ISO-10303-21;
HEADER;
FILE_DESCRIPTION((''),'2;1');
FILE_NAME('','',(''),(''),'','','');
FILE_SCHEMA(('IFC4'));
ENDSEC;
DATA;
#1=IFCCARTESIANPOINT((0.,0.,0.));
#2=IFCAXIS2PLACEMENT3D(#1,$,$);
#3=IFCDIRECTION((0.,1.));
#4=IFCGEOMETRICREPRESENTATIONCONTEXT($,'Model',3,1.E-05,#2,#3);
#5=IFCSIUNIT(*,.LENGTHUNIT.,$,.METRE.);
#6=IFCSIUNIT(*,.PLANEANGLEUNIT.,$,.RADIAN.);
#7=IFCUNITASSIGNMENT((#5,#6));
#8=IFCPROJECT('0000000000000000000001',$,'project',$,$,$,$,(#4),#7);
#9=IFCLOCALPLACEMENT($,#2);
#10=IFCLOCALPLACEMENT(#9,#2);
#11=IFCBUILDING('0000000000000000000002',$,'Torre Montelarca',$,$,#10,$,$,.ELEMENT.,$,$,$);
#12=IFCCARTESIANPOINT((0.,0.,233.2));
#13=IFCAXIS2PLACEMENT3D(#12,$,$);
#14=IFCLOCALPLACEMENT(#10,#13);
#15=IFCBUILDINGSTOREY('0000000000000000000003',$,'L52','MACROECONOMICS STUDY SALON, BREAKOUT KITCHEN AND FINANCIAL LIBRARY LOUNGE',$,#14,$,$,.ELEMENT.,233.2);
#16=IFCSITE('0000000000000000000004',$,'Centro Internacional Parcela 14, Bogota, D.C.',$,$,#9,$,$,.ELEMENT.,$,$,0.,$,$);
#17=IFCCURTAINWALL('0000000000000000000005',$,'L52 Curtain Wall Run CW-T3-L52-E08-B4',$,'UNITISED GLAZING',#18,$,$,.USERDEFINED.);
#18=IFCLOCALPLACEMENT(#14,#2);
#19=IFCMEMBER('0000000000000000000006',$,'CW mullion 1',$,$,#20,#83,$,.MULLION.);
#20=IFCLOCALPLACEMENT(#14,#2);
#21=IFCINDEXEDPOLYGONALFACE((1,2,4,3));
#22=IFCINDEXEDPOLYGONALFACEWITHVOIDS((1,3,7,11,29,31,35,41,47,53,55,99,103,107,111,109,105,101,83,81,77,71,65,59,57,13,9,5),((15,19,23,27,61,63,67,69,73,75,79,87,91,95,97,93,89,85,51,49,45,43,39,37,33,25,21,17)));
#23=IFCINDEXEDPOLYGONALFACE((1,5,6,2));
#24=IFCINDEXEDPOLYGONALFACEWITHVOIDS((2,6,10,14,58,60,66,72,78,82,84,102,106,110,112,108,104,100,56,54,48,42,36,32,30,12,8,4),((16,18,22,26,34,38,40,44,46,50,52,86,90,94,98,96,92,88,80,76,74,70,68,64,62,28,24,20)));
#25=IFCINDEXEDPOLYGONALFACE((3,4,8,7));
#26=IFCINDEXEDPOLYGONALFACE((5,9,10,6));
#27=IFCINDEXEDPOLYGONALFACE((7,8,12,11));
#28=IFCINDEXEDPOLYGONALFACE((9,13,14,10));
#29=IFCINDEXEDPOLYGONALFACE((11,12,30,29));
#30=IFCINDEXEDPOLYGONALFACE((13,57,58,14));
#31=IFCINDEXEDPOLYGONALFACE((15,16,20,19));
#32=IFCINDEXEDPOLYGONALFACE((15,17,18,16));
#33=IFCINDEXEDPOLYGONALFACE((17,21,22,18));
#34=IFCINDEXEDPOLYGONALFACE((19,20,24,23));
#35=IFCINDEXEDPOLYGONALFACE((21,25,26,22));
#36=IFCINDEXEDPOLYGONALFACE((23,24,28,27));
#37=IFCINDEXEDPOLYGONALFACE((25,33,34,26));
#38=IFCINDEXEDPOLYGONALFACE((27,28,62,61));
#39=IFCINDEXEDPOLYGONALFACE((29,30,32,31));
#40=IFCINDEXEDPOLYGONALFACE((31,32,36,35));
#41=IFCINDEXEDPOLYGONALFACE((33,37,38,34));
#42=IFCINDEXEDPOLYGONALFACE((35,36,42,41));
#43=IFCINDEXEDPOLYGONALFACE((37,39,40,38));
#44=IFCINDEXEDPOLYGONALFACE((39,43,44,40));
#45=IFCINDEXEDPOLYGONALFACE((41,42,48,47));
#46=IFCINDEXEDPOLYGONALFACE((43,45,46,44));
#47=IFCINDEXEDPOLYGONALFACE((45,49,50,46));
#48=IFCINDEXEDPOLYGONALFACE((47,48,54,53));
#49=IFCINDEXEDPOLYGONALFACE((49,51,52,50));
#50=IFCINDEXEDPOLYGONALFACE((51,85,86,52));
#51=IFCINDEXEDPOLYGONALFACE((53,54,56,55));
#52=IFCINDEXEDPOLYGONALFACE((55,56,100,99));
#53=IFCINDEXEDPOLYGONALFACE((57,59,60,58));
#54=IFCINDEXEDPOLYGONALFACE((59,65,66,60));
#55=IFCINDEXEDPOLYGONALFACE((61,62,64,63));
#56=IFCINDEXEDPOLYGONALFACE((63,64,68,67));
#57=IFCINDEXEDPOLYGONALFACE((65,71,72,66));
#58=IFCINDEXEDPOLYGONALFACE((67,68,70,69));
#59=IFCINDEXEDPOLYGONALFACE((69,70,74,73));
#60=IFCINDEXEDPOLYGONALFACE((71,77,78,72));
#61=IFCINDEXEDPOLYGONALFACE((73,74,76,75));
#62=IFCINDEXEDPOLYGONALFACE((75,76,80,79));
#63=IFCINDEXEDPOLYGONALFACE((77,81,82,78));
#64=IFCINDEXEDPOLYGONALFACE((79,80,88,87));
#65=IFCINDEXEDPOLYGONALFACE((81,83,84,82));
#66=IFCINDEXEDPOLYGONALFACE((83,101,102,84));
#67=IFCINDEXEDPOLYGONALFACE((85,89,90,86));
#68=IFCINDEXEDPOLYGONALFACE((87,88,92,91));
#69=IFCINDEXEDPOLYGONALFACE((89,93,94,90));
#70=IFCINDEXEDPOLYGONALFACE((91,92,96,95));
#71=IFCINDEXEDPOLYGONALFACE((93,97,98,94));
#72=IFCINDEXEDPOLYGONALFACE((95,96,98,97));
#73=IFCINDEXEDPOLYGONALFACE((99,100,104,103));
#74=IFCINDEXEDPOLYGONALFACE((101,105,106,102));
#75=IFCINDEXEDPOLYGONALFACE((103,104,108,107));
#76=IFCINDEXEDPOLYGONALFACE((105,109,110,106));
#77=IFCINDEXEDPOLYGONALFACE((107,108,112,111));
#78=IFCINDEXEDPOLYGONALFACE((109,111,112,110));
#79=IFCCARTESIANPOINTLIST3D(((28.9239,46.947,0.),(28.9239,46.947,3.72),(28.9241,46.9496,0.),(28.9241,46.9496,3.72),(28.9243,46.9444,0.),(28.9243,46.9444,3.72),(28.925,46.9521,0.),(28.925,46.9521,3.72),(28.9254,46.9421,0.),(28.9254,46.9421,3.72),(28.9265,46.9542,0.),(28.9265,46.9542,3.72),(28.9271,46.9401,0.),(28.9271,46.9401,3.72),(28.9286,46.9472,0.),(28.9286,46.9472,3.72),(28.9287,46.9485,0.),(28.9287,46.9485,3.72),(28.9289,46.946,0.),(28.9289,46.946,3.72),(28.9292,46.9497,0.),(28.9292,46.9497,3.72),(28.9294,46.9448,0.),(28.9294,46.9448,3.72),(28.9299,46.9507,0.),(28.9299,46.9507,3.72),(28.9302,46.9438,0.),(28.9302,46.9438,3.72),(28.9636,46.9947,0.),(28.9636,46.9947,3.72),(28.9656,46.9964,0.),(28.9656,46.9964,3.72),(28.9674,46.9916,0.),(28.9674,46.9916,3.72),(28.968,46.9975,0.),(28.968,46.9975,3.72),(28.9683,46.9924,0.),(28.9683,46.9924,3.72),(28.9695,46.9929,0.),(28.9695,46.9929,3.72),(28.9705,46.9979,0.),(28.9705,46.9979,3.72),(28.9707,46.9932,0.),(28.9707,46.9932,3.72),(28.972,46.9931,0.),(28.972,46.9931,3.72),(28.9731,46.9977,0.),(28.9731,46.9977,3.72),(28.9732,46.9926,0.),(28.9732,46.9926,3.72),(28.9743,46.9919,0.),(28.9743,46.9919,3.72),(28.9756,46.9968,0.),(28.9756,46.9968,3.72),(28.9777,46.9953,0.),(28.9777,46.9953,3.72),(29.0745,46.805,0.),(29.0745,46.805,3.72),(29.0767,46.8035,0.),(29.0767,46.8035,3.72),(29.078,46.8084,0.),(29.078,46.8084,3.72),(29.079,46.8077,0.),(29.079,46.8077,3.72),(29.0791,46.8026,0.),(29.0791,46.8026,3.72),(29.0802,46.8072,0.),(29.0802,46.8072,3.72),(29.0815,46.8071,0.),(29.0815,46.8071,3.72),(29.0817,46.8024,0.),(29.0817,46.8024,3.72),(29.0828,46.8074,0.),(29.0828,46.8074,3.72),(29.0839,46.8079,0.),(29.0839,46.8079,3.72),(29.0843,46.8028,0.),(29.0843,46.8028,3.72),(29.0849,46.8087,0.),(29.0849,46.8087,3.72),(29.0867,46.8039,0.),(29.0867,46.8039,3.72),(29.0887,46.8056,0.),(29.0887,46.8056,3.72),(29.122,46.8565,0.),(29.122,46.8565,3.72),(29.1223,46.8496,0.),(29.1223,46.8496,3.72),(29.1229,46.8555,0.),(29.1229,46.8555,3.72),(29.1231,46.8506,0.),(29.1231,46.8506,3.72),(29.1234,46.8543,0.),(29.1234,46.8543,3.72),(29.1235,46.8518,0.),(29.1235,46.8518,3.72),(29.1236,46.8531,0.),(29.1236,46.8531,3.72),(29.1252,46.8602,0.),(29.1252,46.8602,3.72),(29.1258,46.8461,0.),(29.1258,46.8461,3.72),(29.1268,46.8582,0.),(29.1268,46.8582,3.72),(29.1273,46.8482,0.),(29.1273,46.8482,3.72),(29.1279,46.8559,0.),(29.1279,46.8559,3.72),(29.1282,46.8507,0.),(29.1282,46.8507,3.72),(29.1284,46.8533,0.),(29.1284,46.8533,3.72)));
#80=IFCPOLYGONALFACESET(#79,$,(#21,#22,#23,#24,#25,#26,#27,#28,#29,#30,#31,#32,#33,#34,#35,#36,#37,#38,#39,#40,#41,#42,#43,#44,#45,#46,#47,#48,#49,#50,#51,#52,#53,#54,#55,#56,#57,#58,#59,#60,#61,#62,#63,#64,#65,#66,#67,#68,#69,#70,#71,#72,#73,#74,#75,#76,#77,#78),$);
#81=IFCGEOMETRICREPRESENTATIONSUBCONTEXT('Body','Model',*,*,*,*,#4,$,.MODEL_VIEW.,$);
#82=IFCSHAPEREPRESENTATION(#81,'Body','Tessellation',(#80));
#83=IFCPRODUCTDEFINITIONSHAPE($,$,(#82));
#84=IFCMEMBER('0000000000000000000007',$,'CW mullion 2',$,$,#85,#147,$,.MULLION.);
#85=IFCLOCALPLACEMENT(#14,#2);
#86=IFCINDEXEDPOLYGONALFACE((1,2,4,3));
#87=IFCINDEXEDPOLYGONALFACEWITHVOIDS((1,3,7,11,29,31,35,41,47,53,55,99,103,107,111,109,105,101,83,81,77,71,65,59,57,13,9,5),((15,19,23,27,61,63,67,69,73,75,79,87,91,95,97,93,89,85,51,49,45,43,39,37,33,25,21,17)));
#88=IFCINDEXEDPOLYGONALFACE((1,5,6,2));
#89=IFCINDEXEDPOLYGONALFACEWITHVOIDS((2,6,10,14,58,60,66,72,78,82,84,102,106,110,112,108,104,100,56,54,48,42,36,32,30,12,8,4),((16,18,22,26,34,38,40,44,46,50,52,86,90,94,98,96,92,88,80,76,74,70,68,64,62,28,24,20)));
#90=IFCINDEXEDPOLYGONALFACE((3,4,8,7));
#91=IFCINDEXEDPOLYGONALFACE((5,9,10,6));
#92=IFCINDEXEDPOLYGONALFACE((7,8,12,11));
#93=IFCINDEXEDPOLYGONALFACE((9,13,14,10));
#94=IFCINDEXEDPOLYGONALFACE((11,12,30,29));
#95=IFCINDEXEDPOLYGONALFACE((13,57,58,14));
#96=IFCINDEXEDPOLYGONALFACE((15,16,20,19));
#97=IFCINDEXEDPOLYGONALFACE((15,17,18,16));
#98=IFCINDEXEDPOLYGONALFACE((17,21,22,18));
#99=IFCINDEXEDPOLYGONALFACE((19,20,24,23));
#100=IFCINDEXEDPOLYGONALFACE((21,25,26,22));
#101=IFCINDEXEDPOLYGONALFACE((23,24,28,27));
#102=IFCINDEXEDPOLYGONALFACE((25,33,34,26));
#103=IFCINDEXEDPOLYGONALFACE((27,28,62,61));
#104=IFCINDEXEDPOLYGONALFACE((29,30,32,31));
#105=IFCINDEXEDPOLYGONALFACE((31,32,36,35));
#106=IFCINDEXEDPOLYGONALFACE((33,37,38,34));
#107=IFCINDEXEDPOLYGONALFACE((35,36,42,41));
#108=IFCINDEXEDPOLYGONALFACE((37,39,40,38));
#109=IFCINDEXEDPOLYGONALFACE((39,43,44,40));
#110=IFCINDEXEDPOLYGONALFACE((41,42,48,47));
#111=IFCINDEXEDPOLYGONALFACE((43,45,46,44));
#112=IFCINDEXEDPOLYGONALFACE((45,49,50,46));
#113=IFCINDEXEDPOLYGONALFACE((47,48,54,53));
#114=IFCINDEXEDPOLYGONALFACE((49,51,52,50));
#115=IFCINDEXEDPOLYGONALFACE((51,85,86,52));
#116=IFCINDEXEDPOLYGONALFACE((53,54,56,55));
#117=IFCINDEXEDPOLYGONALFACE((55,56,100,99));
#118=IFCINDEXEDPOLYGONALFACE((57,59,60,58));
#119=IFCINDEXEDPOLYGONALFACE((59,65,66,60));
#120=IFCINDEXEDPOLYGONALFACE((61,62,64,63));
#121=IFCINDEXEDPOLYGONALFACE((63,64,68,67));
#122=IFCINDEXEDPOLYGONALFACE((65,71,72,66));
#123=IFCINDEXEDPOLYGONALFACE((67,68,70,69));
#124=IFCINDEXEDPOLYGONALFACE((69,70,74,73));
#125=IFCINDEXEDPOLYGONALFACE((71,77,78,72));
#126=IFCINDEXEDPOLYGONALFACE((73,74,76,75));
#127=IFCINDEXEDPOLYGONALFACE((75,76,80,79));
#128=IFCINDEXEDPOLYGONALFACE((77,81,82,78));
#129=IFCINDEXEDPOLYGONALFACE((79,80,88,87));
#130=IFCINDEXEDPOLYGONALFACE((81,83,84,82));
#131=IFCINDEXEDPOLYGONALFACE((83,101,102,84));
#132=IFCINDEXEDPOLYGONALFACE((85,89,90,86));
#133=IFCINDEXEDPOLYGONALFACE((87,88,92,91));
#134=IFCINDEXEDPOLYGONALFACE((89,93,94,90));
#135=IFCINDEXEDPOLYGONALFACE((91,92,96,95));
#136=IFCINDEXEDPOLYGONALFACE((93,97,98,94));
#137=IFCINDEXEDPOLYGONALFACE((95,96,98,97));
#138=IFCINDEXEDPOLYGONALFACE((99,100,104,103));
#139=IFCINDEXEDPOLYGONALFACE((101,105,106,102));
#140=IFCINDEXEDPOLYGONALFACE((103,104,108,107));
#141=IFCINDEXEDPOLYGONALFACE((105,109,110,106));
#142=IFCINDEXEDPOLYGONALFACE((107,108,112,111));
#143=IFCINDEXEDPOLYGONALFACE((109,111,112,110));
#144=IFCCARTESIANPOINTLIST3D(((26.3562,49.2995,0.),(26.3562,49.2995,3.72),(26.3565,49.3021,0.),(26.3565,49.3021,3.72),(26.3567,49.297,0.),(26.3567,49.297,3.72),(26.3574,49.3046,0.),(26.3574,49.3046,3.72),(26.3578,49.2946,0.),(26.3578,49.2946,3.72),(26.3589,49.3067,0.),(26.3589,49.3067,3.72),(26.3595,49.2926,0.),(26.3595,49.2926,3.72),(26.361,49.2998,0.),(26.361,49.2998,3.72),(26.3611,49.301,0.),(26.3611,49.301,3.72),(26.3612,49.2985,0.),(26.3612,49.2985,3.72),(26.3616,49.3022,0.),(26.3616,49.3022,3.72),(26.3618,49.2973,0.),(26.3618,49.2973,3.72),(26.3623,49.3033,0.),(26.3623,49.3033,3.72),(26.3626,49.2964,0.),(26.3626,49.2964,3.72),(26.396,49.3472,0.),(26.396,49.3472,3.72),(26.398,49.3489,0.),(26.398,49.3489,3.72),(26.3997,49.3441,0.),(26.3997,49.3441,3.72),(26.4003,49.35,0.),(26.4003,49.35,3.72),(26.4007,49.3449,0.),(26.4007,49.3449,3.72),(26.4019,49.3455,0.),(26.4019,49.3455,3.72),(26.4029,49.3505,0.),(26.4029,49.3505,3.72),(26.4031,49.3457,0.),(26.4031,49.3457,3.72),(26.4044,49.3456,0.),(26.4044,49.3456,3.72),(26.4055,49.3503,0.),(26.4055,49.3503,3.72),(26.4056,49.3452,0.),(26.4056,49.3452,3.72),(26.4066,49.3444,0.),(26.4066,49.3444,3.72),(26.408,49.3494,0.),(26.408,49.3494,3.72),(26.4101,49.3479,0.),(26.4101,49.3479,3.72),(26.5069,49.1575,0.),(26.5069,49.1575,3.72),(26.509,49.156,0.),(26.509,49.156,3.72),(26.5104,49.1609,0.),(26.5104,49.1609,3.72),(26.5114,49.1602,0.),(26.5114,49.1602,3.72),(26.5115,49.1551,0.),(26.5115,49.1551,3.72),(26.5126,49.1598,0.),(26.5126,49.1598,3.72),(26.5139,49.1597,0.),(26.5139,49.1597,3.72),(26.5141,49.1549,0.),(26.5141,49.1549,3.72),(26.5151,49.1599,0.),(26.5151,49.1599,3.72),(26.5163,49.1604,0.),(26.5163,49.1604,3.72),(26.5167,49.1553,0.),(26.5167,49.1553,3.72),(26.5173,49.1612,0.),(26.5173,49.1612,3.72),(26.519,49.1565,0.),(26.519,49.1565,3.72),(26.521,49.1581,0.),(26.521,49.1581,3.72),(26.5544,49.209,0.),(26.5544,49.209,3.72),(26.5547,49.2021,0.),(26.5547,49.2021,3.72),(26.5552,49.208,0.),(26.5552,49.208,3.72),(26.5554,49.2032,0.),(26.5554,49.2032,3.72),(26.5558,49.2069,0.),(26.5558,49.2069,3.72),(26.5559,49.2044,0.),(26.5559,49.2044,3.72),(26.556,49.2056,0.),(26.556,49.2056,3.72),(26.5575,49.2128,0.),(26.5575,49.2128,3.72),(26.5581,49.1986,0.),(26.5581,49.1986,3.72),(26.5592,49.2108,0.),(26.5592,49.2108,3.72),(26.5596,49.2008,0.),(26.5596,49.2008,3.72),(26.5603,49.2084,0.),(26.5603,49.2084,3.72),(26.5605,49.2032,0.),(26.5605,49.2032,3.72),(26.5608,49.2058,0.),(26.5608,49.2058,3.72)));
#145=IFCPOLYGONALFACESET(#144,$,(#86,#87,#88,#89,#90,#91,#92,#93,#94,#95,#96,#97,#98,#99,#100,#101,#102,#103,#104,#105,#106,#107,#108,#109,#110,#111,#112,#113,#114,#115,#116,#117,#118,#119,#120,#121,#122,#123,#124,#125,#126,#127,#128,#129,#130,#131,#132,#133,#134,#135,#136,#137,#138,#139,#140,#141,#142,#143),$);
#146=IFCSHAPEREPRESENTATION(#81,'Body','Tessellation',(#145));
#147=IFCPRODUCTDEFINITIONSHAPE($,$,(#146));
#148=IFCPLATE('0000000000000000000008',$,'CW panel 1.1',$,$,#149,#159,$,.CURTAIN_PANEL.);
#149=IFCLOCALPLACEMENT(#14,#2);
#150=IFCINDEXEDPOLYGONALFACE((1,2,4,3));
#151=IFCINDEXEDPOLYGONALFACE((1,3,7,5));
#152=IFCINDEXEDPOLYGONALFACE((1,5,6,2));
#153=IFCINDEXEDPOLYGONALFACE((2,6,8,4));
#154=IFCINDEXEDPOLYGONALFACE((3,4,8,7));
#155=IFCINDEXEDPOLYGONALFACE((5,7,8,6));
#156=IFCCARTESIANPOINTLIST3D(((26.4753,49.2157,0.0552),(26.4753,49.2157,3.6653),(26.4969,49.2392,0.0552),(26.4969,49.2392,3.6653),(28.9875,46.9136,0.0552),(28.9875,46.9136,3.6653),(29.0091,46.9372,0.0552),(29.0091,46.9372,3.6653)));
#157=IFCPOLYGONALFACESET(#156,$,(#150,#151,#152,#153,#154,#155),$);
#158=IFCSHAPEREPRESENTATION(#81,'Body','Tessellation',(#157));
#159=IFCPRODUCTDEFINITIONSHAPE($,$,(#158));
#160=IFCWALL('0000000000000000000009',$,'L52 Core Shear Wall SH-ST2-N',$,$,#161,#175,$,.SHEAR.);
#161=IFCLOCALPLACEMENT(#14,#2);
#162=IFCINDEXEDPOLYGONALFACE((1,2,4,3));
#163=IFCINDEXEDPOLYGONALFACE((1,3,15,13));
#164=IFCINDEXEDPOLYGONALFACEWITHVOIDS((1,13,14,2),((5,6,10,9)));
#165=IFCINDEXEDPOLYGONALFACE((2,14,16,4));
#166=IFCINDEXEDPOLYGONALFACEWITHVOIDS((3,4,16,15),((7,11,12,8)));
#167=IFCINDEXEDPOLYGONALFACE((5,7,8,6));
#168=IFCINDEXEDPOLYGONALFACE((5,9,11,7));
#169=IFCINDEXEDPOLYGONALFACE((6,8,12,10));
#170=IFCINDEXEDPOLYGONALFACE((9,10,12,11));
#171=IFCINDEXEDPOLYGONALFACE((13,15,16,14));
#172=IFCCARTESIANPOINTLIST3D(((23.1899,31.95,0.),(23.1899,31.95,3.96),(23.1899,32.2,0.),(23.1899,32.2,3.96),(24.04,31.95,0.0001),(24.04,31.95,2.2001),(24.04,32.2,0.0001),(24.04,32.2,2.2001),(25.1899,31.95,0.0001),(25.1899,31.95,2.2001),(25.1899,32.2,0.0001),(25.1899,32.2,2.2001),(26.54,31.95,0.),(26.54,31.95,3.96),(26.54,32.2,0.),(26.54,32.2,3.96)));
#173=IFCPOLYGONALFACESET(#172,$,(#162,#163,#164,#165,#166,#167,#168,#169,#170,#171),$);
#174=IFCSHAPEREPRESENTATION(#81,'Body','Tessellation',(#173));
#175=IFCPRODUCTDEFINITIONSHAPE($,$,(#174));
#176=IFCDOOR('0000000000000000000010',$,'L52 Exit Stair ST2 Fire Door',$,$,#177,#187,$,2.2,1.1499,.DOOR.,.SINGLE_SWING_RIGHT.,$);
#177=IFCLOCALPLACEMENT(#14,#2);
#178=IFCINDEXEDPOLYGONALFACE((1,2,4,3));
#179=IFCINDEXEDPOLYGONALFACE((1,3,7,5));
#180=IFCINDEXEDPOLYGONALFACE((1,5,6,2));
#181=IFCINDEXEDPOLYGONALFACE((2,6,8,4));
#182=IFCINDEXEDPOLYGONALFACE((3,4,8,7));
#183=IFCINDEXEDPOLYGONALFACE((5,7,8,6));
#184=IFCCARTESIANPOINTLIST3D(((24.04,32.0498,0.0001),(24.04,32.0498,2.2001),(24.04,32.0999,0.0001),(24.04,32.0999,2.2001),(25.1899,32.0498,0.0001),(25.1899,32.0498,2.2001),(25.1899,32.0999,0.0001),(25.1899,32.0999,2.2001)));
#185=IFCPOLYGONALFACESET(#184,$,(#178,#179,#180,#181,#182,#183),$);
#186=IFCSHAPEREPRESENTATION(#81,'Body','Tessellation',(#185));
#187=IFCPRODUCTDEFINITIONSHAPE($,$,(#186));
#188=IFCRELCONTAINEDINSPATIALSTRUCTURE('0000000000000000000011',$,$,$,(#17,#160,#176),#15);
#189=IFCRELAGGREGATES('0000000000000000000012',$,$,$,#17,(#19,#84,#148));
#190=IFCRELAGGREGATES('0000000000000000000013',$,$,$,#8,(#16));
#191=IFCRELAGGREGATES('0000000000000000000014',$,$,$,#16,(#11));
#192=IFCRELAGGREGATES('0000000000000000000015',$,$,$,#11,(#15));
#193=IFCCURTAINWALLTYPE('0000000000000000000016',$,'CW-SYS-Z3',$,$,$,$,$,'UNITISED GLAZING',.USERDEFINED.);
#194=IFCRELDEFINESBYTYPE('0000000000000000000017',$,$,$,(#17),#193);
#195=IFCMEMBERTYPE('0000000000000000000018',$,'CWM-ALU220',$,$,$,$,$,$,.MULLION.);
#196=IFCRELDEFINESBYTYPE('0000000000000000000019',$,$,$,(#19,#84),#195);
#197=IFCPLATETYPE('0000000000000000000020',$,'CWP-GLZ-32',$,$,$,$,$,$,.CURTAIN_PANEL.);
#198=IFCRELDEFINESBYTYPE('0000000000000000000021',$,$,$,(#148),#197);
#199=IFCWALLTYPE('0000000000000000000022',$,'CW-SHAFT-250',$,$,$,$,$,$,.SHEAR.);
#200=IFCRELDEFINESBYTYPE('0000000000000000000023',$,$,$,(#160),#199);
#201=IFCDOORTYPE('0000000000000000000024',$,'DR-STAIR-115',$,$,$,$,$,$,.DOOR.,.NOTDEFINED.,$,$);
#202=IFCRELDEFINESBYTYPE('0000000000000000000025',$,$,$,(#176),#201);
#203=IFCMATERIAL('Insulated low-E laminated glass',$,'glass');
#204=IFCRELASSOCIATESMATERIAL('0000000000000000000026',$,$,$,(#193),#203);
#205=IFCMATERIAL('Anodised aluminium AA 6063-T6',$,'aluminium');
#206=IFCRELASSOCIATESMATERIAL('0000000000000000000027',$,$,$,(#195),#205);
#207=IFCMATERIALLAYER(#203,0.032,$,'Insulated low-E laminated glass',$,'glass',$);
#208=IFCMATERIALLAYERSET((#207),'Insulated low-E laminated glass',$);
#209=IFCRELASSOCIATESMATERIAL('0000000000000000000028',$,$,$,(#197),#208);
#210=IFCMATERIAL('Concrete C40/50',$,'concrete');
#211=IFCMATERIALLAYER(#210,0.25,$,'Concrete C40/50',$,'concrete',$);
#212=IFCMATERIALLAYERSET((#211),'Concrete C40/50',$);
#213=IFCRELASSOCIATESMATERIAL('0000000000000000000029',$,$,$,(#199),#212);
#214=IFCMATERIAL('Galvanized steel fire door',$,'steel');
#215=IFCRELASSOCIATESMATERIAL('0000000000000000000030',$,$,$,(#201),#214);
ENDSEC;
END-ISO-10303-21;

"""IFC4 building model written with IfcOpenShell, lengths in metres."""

from ifc_helpers import new_model, si_unit, direction, frame, frame_2d, origin, origin_2d, place, context, subcontext, project, spatial, rectangle, hollow_rectangle, extrude, source, transform, mapped, material, layer, layer_set, material_profile, profile_set, type_object, element, fill, aggregate, save


model = new_model("IFC4")

# Units and contexts
model_context = context("Model", 3, precision=1e-05, world=origin(), true_north=direction((0.0, 1.0)))
body_context = subcontext(model_context, "Body", "Model", "MODEL_VIEW")
ifc_project = project(units=[si_unit("LENGTHUNIT", "METRE"), si_unit("PLANEANGLEUNIT", "RADIAN")], contexts=[model_context])

# Site, building, storey
site_placement = place(None, origin())
site = spatial("IfcSite", under=ifc_project, at=site_placement, Name="Centro Internacional Parcela 14, Bogota, D.C.", CompositionType="ELEMENT", RefElevation=0.0)
building_placement = place(site_placement, origin())
building = spatial("IfcBuilding", under=site, at=building_placement, Name="Torre Montelarca", CompositionType="ELEMENT")
storey_placement = place(building_placement, frame((0.0, 0.0, 233.2)))
storey = spatial("IfcBuildingStorey", under=building, at=storey_placement, Name="L52", Description="MACROECONOMICS STUDY SALON, BREAKOUT KITCHEN AND FINANCIAL LIBRARY LOUNGE", CompositionType="ELEMENT", Elevation=233.2)

# Curtain wall, members, plate
ifc_material_1 = material(Name="Insulated low-E laminated glass", Category="glass")
curtain_wall_type = type_object("IfcCurtainWallType", Name="CW-SYS-Z3", ElementType="UNITISED GLAZING", PredefinedType="USERDEFINED", material=ifc_material_1)
curtain_wall_placement = place(storey_placement, origin())
curtain_wall = element("IfcCurtainWall", 1, at=curtain_wall_placement, inside=storey, type_object=curtain_wall_type, Name="L52 Curtain Wall Run CW-T3-L52-E08-B4", ObjectType="UNITISED GLAZING", PredefinedType="USERDEFINED")
ifc_material_2 = material(Name="Anodised aluminium AA 6063-T6", Category="aluminium")
ifc_material_profile_1 = material_profile(ifc_material_2, hollow_rectangle(XDim=0.075, YDim=0.22, WallThickness=0.0049, InnerFilletRadius=0.0049, OuterFilletRadius=0.01, at=origin_2d()), Name="ALU75X220X5", Category="aluminium")
ifc_profile_set_1 = profile_set([ifc_material_profile_1], Name="Anodised aluminium AA 6063-T6")
member_type_1 = type_object("IfcMemberType", Name="CWM-ALU220", PredefinedType="MULLION", material=ifc_profile_set_1)
shared_shape_1 = source(origin(), body_context, "Body", "SweptSolid", [
    extrude(hollow_rectangle(XDim=0.075, YDim=0.22, WallThickness=0.0049, InnerFilletRadius=0.0049, OuterFilletRadius=0.01, at=origin_2d()), origin(), (0.0, 0.0, 1.0), 3.72),
])
member_1_placement = place(storey_placement, frame((29.0261, 46.9001, 0.0), z_axis=(0.0, 0.0, 1.0), x_axis=(-0.675596, -0.737272, 0.0)))
member_1 = element("IfcMember", 2, at=member_1_placement, type_object=member_type_1, Name="CW mullion 1", PredefinedType="MULLION", context=body_context, shape_type="MappedRepresentation", body=[
    mapped(shared_shape_1, transform((0.0, 0.0, 0.0), scale=1.0)),
])
member_2_placement = place(storey_placement, frame((26.4585, 49.2527, 0.0), z_axis=(0.0, 0.0, 1.0), x_axis=(-0.675596, -0.737272, 0.0)))
member_2 = element("IfcMember", 3, at=member_2_placement, type_object=member_type_1, Name="CW mullion 2", PredefinedType="MULLION", context=body_context, shape_type="MappedRepresentation", body=[
    mapped(shared_shape_1, transform((0.0, 0.0, 0.0), scale=1.0)),
])
ifc_layer_1 = layer(ifc_material_1, 0.032, Name="Insulated low-E laminated glass", Category="glass")
ifc_layer_set_1 = layer_set([ifc_layer_1], Name="Insulated low-E laminated glass")
plate_type = type_object("IfcPlateType", Name="CWP-GLZ-32", PredefinedType="CURTAIN_PANEL", material=ifc_layer_set_1)
shared_shape_2 = source(origin(), body_context, "Body", "SweptSolid", [
    extrude(rectangle(XDim=3.4075, YDim=0.032, at=origin_2d()), origin(), (0.0, 0.0, 1.0), 3.6101),
])
plate_placement = place(storey_placement, frame((27.7422, 48.0764, 0.0552), z_axis=(0.0, 0.0, 1.0), x_axis=(-0.737272, 0.675596, 0.0)))
plate = element("IfcPlate", 4, at=plate_placement, type_object=plate_type, Name="CW panel 1.1", PredefinedType="CURTAIN_PANEL", context=body_context, shape_type="MappedRepresentation", body=[
    mapped(shared_shape_2, transform((0.0, 0.0, 0.0), scale=1.0)),
])
aggregate(curtain_wall, [member_1, member_2, plate])

# Wall, opening, door
ifc_material_3 = material(Name="Concrete C40/50", Category="concrete")
ifc_layer_2 = layer(ifc_material_3, 0.25, Name="Concrete C40/50", Category="concrete")
ifc_layer_set_2 = layer_set([ifc_layer_2], Name="Concrete C40/50")
wall_type_1 = type_object("IfcWallType", Name="CW-SHAFT-250", PredefinedType="SHEAR", material=ifc_layer_set_2)
wall_1_placement = place(storey_placement, frame((23.1899, 32.075, 0.0), z_axis=(0.0, 0.0, 1.0), x_axis=(1.0, 0.0, 0.0)))
wall_1 = element("IfcWall", 5, at=wall_1_placement, inside=storey, type_object=wall_type_1, Name="L52 Core Shear Wall SH-ST2-N", PredefinedType="SHEAR", context=body_context, shape_type="SweptSolid", body=[
    extrude(rectangle(XDim=3.3501, YDim=0.25, at=frame_2d((1.675, 0.0))), origin(), (0.0, 0.0, 1.0), 3.96),
])
opening_1_placement = place(wall_1_placement, frame((0.8501, 0.0, 0.0)))
opening_1 = element("IfcOpeningElement", 6, at=opening_1_placement, cuts=wall_1, PredefinedType="OPENING", context=body_context, shape_type="SweptSolid", body=[
    extrude(rectangle(XDim=1.1499, YDim=2.2, at=frame_2d((0.575, 1.1001))), frame((0.0, 0.135, 0.0), z_axis=(0.0, -1.0, 0.0), x_axis=(1.0, 0.0, 0.0)), (0.0, 0.0, 1.0), 0.27),
])
ifc_material_4 = material(Name="Galvanized steel fire door", Category="steel")
door_type_1 = type_object("IfcDoorType", Name="DR-STAIR-115", OperationType="NOTDEFINED", PredefinedType="DOOR", material=ifc_material_4)
shared_shape_3 = source(origin(), body_context, "Body", "SweptSolid", [
    extrude(rectangle(XDim=1.1499, YDim=2.2, at=frame_2d((0.575, 1.1001))), frame((0.0, 0.0249, 0.0), z_axis=(0.0, -1.0, 0.0), x_axis=(1.0, 0.0, 0.0)), (0.0, 0.0, 1.0), 0.05),
])
door_1_placement = place(opening_1_placement, origin())
door_1 = element("IfcDoor", 7, at=door_1_placement, inside=storey, type_object=door_type_1, Name="L52 Exit Stair ST2 Fire Door", OperationType="SINGLE_SWING_RIGHT", OverallHeight=2.2, OverallWidth=1.1499, PredefinedType="DOOR", context=body_context, shape_type="MappedRepresentation", body=[
    mapped(shared_shape_3, transform((0.0, 0.0, 0.0), scale=1.0)),
])
fill(opening_1, door_1)

save(model, "model.ifc")
